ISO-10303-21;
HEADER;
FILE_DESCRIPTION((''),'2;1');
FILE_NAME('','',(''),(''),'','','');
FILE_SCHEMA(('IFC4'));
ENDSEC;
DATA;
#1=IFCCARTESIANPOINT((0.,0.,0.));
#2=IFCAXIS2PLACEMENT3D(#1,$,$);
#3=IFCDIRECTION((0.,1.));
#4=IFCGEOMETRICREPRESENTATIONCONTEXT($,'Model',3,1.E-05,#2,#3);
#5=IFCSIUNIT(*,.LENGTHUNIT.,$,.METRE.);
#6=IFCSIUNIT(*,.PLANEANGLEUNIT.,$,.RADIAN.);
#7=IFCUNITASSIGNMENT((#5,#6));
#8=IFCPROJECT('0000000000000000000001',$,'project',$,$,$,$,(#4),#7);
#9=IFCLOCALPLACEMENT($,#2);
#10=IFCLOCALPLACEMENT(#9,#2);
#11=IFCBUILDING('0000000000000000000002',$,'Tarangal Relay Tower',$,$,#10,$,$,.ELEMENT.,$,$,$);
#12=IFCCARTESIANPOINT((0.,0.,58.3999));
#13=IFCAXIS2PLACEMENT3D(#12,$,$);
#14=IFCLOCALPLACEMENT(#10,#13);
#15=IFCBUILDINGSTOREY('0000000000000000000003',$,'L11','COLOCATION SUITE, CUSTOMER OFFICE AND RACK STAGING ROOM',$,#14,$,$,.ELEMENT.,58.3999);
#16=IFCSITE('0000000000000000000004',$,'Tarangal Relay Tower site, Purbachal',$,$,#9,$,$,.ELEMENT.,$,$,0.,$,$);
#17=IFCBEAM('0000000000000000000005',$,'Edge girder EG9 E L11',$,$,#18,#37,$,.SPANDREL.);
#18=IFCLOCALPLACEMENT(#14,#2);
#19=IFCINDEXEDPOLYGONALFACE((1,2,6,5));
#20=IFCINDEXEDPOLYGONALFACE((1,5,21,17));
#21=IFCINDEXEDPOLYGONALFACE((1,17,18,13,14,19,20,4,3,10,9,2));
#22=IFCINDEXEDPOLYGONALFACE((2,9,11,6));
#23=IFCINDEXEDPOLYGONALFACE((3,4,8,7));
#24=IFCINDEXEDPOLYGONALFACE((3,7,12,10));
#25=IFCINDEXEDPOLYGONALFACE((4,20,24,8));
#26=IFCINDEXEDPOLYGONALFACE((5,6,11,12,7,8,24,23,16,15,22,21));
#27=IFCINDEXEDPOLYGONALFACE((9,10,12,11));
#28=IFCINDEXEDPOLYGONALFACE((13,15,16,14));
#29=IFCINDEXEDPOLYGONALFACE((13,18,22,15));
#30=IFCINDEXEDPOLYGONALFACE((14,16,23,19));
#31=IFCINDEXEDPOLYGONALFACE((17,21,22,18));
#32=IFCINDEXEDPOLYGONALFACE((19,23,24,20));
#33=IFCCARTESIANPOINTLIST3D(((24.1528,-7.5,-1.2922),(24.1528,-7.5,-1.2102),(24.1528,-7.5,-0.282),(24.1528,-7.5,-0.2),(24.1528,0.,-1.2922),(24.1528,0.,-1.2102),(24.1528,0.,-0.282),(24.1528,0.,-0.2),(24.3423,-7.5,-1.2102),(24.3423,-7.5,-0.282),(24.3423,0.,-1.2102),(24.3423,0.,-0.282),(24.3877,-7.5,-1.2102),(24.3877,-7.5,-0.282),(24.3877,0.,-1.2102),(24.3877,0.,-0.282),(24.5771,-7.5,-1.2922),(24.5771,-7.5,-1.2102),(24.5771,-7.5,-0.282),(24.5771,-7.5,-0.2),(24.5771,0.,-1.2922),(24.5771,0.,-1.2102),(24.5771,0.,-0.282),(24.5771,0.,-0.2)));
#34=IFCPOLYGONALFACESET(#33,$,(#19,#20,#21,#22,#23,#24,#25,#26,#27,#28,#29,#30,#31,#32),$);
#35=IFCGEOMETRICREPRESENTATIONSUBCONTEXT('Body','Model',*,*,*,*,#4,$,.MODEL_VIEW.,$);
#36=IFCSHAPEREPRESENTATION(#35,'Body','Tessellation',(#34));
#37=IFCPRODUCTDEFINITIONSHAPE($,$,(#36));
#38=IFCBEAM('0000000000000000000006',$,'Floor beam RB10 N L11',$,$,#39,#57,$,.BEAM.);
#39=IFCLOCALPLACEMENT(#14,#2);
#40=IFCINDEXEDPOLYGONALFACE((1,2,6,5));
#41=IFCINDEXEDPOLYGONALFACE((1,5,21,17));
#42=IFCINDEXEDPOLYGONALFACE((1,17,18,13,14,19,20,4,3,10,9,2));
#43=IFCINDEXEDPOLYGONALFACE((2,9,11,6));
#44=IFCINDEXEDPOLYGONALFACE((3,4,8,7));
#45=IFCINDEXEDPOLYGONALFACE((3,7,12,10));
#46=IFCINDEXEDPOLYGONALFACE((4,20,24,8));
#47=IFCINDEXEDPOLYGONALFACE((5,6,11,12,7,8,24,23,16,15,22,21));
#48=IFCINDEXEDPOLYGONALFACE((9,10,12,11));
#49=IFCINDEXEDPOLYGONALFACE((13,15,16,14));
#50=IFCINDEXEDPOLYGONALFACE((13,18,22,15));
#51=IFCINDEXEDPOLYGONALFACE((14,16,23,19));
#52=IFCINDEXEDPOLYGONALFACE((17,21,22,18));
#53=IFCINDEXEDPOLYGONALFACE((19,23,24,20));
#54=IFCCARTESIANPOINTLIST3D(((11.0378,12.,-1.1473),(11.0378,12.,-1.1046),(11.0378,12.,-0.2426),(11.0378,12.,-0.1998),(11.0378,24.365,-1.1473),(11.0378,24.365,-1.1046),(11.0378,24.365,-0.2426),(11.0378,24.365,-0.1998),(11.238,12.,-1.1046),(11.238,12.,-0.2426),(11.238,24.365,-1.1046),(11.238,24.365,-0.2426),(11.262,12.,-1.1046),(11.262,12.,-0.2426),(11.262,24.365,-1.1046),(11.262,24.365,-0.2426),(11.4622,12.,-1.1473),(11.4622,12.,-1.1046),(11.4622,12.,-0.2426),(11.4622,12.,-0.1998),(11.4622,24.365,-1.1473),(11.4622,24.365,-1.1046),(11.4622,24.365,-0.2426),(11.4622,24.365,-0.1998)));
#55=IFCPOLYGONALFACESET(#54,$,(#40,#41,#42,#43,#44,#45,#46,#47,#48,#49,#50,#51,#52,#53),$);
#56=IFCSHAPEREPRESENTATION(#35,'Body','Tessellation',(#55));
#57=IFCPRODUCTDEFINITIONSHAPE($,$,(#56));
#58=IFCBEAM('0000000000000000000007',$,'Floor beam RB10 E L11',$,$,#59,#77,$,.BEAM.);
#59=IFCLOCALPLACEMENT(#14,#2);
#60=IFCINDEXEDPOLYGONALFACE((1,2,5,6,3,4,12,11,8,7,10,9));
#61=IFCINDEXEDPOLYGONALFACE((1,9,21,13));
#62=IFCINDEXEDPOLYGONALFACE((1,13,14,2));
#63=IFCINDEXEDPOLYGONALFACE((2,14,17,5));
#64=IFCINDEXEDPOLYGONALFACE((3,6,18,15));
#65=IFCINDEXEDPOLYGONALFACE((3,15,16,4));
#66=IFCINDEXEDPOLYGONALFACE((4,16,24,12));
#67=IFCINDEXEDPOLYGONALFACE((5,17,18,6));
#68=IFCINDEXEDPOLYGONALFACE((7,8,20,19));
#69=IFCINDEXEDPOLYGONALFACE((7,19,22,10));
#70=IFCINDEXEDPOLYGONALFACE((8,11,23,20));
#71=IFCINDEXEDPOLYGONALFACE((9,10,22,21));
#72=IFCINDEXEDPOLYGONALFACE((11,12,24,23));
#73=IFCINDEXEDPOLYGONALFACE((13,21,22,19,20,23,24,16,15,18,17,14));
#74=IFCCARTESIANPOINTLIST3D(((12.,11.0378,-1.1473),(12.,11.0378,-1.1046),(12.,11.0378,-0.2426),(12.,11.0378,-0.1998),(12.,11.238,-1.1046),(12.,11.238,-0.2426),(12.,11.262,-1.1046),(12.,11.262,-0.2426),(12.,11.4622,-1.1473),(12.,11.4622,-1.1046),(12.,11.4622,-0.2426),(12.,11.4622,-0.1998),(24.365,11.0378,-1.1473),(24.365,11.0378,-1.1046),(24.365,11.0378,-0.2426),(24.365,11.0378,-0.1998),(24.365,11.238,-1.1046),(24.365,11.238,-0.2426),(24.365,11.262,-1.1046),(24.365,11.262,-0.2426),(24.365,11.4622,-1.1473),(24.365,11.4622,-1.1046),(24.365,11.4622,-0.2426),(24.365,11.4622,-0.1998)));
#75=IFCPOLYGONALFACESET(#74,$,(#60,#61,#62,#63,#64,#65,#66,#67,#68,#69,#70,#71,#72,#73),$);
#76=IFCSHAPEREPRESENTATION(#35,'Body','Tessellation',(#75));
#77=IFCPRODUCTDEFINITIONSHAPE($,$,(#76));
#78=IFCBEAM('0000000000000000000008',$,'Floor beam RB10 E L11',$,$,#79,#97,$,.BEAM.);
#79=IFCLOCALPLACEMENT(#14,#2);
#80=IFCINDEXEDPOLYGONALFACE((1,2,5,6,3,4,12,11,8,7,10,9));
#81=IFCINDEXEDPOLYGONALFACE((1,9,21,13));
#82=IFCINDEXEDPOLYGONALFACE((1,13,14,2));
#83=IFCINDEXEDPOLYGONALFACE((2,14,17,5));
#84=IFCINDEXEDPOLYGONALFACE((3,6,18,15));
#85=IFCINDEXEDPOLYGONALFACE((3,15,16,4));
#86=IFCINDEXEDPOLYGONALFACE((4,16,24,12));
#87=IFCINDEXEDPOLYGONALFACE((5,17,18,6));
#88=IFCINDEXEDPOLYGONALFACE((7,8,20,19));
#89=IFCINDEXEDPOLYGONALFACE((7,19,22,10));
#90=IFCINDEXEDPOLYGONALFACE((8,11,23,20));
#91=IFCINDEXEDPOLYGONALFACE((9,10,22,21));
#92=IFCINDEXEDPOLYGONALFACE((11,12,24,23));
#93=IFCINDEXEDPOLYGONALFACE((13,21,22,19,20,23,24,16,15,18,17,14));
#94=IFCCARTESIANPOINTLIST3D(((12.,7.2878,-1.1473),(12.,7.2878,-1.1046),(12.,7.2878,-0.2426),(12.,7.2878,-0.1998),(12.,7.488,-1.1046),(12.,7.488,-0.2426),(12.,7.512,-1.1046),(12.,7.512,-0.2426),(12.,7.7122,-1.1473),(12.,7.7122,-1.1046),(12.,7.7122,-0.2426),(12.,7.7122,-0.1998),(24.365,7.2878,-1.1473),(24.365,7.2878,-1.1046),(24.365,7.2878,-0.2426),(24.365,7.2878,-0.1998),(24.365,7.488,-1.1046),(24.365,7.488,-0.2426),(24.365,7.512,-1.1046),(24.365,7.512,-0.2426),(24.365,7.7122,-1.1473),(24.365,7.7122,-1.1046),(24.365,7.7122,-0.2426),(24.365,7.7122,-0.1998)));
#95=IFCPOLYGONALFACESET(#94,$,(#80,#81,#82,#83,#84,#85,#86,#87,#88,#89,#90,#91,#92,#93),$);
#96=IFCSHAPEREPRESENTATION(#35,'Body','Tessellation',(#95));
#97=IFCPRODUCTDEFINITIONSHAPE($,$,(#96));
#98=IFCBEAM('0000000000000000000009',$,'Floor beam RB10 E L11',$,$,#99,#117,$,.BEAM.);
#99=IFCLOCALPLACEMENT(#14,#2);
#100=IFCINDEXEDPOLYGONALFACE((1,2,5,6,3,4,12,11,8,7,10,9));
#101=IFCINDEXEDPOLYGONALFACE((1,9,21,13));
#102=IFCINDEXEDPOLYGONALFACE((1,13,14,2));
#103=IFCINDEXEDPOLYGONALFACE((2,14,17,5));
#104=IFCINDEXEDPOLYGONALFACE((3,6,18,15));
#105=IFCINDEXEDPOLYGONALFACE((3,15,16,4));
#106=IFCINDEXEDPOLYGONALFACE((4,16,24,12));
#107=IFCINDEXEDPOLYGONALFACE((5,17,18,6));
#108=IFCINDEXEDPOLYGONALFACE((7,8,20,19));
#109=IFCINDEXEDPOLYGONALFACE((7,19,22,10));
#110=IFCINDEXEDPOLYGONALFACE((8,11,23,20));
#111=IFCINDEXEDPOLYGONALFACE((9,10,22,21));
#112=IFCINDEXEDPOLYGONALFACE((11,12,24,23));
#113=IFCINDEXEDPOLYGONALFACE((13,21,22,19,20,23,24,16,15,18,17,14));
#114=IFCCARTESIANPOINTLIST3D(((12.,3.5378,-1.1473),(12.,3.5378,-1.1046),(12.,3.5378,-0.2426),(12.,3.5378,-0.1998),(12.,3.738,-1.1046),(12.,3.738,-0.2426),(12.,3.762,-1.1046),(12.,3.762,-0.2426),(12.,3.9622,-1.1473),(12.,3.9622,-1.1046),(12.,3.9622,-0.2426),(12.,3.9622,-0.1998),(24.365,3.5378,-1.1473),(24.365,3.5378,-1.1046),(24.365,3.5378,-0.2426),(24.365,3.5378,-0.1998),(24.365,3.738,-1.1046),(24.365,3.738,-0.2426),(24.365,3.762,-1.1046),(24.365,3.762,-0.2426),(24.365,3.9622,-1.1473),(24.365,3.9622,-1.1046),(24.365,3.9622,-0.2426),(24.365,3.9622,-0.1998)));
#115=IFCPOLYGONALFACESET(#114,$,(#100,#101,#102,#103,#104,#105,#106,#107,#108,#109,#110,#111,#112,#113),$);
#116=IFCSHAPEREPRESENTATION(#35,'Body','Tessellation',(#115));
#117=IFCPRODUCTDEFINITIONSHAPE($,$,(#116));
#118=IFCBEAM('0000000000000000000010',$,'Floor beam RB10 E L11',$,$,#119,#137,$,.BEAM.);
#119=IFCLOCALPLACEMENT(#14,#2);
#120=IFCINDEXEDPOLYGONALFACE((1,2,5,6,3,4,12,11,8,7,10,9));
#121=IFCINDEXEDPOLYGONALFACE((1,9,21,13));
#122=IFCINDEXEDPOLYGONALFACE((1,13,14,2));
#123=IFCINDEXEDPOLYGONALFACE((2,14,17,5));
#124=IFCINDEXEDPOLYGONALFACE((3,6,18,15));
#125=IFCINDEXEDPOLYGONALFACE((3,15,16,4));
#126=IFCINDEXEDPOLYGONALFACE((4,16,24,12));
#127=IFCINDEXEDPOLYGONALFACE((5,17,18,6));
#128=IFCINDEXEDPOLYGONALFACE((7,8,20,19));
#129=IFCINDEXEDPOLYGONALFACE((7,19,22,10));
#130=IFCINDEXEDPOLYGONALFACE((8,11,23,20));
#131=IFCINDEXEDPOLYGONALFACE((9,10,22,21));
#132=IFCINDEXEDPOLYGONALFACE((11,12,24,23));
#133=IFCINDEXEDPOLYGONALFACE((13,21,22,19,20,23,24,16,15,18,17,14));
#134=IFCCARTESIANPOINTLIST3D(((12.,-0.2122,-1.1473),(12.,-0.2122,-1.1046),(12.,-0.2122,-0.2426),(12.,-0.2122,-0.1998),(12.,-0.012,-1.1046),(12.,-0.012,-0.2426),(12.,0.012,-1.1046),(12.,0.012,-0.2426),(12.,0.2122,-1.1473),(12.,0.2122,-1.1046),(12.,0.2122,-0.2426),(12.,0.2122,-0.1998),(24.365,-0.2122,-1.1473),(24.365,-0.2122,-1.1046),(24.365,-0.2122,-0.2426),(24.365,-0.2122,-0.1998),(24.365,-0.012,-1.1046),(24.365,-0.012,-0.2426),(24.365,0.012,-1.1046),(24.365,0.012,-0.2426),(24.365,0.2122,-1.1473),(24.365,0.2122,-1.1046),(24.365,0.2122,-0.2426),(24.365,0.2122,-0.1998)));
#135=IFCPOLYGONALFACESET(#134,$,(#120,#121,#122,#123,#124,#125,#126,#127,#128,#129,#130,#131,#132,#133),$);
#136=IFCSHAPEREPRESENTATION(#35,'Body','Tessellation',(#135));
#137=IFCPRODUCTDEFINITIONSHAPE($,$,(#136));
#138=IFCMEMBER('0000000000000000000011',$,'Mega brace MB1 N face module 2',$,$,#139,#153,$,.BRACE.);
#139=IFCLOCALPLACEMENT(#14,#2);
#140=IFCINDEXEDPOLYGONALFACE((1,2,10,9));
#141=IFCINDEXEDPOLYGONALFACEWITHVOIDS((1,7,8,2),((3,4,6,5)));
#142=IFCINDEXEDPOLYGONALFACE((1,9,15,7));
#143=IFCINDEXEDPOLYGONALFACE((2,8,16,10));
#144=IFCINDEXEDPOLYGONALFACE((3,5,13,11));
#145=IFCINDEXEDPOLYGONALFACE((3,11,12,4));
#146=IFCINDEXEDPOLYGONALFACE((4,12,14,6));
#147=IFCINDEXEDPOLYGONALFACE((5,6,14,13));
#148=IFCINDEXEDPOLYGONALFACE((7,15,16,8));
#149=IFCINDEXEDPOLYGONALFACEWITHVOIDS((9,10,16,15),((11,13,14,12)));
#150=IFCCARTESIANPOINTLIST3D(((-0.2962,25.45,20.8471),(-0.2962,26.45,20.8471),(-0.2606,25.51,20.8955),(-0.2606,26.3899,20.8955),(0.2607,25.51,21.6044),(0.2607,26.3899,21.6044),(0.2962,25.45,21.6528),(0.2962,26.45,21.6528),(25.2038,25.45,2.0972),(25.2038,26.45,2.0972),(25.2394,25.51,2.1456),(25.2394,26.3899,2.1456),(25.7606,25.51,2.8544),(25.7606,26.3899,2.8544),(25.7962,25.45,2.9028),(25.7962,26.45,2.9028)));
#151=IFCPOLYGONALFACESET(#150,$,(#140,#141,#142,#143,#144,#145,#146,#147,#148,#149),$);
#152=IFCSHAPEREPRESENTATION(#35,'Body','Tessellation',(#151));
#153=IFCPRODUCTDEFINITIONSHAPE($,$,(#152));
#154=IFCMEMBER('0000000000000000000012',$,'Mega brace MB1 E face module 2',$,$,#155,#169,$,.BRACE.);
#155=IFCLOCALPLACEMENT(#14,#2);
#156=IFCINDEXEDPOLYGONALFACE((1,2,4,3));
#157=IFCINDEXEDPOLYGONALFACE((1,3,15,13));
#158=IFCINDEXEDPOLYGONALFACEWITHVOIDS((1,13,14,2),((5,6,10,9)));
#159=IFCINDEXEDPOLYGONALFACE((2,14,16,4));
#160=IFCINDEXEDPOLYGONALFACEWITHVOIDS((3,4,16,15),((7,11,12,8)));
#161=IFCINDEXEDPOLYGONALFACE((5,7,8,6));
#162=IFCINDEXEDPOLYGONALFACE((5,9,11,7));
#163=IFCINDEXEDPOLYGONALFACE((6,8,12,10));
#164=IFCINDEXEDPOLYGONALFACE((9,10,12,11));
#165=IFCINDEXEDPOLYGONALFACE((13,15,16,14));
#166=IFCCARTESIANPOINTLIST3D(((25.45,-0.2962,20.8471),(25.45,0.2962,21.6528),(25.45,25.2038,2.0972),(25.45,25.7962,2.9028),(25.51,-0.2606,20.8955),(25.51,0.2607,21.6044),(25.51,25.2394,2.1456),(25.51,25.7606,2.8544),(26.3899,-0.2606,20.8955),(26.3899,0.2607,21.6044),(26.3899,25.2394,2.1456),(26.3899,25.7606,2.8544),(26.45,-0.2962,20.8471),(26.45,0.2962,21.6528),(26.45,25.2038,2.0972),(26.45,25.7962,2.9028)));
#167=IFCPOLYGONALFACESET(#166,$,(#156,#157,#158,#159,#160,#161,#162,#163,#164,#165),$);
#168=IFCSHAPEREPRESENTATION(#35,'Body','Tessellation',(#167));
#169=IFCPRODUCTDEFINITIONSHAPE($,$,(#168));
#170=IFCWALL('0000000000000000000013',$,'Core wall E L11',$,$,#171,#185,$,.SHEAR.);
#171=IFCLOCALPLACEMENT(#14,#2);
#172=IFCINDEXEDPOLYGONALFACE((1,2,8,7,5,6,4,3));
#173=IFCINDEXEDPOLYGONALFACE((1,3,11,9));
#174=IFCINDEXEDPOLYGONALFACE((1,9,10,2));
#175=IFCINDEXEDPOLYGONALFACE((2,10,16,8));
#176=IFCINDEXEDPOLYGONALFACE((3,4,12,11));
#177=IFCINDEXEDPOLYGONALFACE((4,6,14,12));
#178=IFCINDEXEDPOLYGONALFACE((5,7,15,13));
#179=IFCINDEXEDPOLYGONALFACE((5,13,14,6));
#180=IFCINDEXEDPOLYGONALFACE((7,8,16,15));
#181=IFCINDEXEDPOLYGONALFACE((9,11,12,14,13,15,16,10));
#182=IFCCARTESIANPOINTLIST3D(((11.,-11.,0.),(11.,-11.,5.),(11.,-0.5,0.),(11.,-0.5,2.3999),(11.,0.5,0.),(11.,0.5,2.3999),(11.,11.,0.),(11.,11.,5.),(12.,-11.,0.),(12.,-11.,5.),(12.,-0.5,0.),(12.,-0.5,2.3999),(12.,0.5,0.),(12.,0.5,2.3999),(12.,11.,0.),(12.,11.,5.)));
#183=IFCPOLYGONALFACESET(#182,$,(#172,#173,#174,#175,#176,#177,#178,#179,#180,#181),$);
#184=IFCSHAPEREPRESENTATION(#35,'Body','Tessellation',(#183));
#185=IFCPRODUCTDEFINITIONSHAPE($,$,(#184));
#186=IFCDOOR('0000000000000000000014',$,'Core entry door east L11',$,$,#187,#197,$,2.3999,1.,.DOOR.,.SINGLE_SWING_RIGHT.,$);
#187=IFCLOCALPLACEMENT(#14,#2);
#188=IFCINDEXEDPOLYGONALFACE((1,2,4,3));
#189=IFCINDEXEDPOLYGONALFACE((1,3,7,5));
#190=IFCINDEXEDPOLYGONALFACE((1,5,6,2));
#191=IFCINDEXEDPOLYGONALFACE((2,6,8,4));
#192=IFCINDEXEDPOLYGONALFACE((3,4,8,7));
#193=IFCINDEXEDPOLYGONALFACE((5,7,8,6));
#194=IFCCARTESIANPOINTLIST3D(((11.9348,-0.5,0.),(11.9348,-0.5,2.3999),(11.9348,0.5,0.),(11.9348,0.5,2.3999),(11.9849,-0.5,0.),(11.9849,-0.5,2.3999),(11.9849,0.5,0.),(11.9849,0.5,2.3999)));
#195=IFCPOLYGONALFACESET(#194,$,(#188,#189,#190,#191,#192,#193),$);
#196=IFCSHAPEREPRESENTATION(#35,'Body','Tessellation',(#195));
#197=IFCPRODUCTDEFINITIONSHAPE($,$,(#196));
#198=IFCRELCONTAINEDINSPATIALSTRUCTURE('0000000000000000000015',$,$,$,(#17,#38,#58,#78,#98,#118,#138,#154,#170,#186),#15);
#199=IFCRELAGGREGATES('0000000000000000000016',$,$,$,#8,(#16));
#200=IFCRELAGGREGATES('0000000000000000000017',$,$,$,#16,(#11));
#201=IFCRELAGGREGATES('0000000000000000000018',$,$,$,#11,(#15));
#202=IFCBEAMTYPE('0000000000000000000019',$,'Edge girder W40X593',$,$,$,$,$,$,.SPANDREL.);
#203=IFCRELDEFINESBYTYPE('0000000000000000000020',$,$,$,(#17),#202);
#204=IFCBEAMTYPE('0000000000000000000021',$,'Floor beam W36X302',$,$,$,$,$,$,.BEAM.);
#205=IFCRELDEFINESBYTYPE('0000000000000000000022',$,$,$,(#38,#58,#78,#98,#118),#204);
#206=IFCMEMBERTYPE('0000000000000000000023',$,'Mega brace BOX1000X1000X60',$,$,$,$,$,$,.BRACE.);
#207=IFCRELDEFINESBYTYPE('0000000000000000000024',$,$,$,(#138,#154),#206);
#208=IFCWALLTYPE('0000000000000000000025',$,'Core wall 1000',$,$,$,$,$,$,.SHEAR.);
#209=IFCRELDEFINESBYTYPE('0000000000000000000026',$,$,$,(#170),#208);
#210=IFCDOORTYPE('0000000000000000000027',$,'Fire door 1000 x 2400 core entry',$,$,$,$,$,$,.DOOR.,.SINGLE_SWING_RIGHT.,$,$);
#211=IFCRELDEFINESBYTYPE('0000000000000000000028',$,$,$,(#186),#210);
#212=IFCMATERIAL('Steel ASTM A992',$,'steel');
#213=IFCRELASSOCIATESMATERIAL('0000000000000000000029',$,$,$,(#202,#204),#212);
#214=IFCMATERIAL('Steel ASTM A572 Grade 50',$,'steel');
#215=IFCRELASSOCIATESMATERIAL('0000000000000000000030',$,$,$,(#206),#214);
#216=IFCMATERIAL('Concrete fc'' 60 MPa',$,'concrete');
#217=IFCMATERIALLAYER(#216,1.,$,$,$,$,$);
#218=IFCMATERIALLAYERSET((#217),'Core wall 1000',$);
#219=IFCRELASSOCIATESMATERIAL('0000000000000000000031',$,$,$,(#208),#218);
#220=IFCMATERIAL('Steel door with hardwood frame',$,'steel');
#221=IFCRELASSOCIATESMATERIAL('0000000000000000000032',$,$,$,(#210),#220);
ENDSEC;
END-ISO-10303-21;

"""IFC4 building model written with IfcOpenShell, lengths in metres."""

from ifc_helpers import new_model, si_unit, direction, frame, frame_2d, origin, origin_2d, place, context, subcontext, project, spatial, rectangle, hollow_rectangle, i_section, extrude, material, layer, layer_set, material_profile, profile_set, type_object, element, fill, save


model = new_model("IFC4")

# Units and contexts
model_context = context("Model", 3, precision=1e-05, world=origin(), true_north=direction((0.0, 1.0)))
body_context = subcontext(model_context, "Body", "Model", "MODEL_VIEW")
ifc_project = project(units=[si_unit("LENGTHUNIT", "METRE"), si_unit("PLANEANGLEUNIT", "RADIAN")], contexts=[model_context])

# Site, building, storey
site_placement = place(None, origin())
site = spatial("IfcSite", under=ifc_project, at=site_placement, Name="Tarangal Relay Tower site, Purbachal", CompositionType="ELEMENT", RefElevation=0.0)
building_placement = place(site_placement, origin())
building = spatial("IfcBuilding", under=site, at=building_placement, Name="Tarangal Relay Tower", CompositionType="ELEMENT")
storey_placement = place(building_placement, frame((0.0, 0.0, 58.3999)))
storey = spatial("IfcBuildingStorey", under=building, at=storey_placement, Name="L11", Description="COLOCATION SUITE, CUSTOMER OFFICE AND RACK STAGING ROOM", CompositionType="ELEMENT", Elevation=58.3999)

# Shared definitions
ifc_material_1 = material(Name="Steel ASTM A572 Grade 50", Category="steel")

# Beams
ifc_material_2 = material(Name="Steel ASTM A992", Category="steel")
ifc_material_profile_1 = material_profile(ifc_material_2, i_section(OverallWidth=0.4243, OverallDepth=1.0923, WebThickness=0.0454, FlangeThickness=0.082, at=origin_2d()), Name="W40X593")
ifc_profile_set_1 = profile_set([ifc_material_profile_1], Name="Steel ASTM A992")
beam_type_1 = type_object("IfcBeamType", Name="Edge girder W40X593", PredefinedType="SPANDREL", material=ifc_profile_set_1)
for number, where, z_axis, x_axis, name in (
    (1, (24.365, 0.0, -0.7461), (0.0, -1.0, 0.0), (1.0, 0.0, 0.0), "Edge girder EG9 E L11"),
):
    element("IfcBeam", number, at=place(storey_placement, frame(where, z_axis=z_axis, x_axis=x_axis)), inside=storey, type_object=beam_type_1, Name=name, PredefinedType="SPANDREL", context=body_context, shape_type="SweptSolid", body=[
        extrude(i_section(OverallWidth=0.4243, OverallDepth=1.0923, WebThickness=0.0454, FlangeThickness=0.082, at=origin_2d()), origin(), (0.0, 0.0, 1.0), 7.5),
    ])
ifc_material_profile_2 = material_profile(ifc_material_2, i_section(OverallWidth=0.4243, OverallDepth=0.9475, WebThickness=0.0239, FlangeThickness=0.0427, at=origin_2d()), Name="W36X302")
ifc_profile_set_2 = profile_set([ifc_material_profile_2], Name="Steel ASTM A992")
beam_type_2 = type_object("IfcBeamType", Name="Floor beam W36X302", PredefinedType="BEAM", material=ifc_profile_set_2)
for number, where, z_axis, x_axis, name in (
    (2, (11.25, 12.0, -0.6736), (0.0, 1.0, 0.0), (-1.0, 0.0, 0.0), "Floor beam RB10 N L11"),
    (3, (12.0, 11.25, -0.6736), (1.0, 0.0, 0.0), (0.0, 1.0, 0.0), "Floor beam RB10 E L11"),
    (4, (12.0, 7.5, -0.6736), (1.0, 0.0, 0.0), (0.0, 1.0, 0.0), "Floor beam RB10 E L11"),
    (5, (12.0, 3.75, -0.6736), (1.0, 0.0, 0.0), (0.0, 1.0, 0.0), "Floor beam RB10 E L11"),
    (6, (12.0, 0.0, -0.6736), (1.0, 0.0, 0.0), (0.0, 1.0, 0.0), "Floor beam RB10 E L11"),
):
    element("IfcBeam", number, at=place(storey_placement, frame(where, z_axis=z_axis, x_axis=x_axis)), inside=storey, type_object=beam_type_2, Name=name, PredefinedType="BEAM", context=body_context, shape_type="SweptSolid", body=[
        extrude(i_section(OverallWidth=0.4243, OverallDepth=0.9475, WebThickness=0.0239, FlangeThickness=0.0427, at=origin_2d()), origin(), (0.0, 0.0, 1.0), 12.365),
    ])

# Members
ifc_material_profile_3 = material_profile(ifc_material_1, hollow_rectangle(XDim=1.0, YDim=1.0, WallThickness=0.0601, at=origin_2d()), Name="BOX1000X1000X60")
ifc_profile_set_3 = profile_set([ifc_material_profile_3], Name="Steel ASTM A572 Grade 50")
member_type = type_object("IfcMemberType", Name="Mega brace BOX1000X1000X60", PredefinedType="BRACE", material=ifc_profile_set_3)
for number, where, z_axis, x_axis, name in (
    (7, (25.5, 25.95, 2.5), (-0.805651, 0.0, 0.59239), (0.0, -1.0, 0.0), "Mega brace MB1 N face module 2"),
    (8, (25.95, 25.5, 2.5), (0.0, -0.805651, 0.59239), (1.0, 0.0, 0.0), "Mega brace MB1 E face module 2"),
):
    element("IfcMember", number, at=place(storey_placement, frame(where, z_axis=z_axis, x_axis=x_axis)), inside=storey, type_object=member_type, Name=name, PredefinedType="BRACE", context=body_context, shape_type="SweptSolid", body=[
        extrude(hollow_rectangle(XDim=1.0, YDim=1.0, WallThickness=0.0601, at=origin_2d()), origin(), (0.0, 0.0, 1.0), 31.6514),
    ])

# Wall, opening, door
ifc_material_3 = material(Name="Concrete fc' 60 MPa", Category="concrete")
ifc_layer_1 = layer(ifc_material_3, 1.0)
ifc_layer_set_1 = layer_set([ifc_layer_1], Name="Core wall 1000")
wall_type_1 = type_object("IfcWallType", Name="Core wall 1000", PredefinedType="SHEAR", material=ifc_layer_set_1)
wall_1_placement = place(storey_placement, frame((11.5, 11.0, 0.0), z_axis=(0.0, 0.0, 1.0), x_axis=(0.0, -1.0, 0.0)))
wall_1 = element("IfcWall", 9, at=wall_1_placement, inside=storey, type_object=wall_type_1, Name="Core wall E L11", PredefinedType="SHEAR", context=body_context, shape_type="SweptSolid", body=[
    extrude(rectangle(XDim=22.0, YDim=1.0, at=frame_2d((11.0, 0.0))), origin(), (0.0, 0.0, 1.0), 5.0),
])
opening_1_placement = place(wall_1_placement, frame((10.5, 0.0, 0.0)))
opening_1 = element("IfcOpeningElement", 10, at=opening_1_placement, cuts=wall_1, PredefinedType="OPENING", context=body_context, shape_type="SweptSolid", body=[
    extrude(rectangle(XDim=1.0, YDim=2.3999, at=frame_2d((0.5, 1.2))), frame((0.0, 0.51, 0.0), z_axis=(0.0, -1.0, 0.0), x_axis=(1.0, 0.0, 0.0)), (0.0, 0.0, 1.0), 1.02),
])
ifc_material_4 = material(Name="Steel door with hardwood frame", Category="steel")
door_type_1 = type_object("IfcDoorType", Name="Fire door 1000 x 2400 core entry", OperationType="SINGLE_SWING_RIGHT", PredefinedType="DOOR", material=ifc_material_4)
door_1_placement = place(opening_1_placement, origin())
door_1 = element("IfcDoor", 11, at=door_1_placement, inside=storey, type_object=door_type_1, Name="Core entry door east L11", OperationType="SINGLE_SWING_RIGHT", OverallHeight=2.3999, OverallWidth=1.0, PredefinedType="DOOR", context=body_context, shape_type="SweptSolid", body=[
    extrude(rectangle(XDim=1.0, YDim=2.3999, at=frame_2d((0.5, 1.2))), frame((0.0, 0.4849, 0.0), z_axis=(0.0, -1.0, 0.0), x_axis=(1.0, 0.0, 0.0)), (0.0, 0.0, 1.0), 0.05),
])
fill(opening_1, door_1)

save(model, "model.ifc")
